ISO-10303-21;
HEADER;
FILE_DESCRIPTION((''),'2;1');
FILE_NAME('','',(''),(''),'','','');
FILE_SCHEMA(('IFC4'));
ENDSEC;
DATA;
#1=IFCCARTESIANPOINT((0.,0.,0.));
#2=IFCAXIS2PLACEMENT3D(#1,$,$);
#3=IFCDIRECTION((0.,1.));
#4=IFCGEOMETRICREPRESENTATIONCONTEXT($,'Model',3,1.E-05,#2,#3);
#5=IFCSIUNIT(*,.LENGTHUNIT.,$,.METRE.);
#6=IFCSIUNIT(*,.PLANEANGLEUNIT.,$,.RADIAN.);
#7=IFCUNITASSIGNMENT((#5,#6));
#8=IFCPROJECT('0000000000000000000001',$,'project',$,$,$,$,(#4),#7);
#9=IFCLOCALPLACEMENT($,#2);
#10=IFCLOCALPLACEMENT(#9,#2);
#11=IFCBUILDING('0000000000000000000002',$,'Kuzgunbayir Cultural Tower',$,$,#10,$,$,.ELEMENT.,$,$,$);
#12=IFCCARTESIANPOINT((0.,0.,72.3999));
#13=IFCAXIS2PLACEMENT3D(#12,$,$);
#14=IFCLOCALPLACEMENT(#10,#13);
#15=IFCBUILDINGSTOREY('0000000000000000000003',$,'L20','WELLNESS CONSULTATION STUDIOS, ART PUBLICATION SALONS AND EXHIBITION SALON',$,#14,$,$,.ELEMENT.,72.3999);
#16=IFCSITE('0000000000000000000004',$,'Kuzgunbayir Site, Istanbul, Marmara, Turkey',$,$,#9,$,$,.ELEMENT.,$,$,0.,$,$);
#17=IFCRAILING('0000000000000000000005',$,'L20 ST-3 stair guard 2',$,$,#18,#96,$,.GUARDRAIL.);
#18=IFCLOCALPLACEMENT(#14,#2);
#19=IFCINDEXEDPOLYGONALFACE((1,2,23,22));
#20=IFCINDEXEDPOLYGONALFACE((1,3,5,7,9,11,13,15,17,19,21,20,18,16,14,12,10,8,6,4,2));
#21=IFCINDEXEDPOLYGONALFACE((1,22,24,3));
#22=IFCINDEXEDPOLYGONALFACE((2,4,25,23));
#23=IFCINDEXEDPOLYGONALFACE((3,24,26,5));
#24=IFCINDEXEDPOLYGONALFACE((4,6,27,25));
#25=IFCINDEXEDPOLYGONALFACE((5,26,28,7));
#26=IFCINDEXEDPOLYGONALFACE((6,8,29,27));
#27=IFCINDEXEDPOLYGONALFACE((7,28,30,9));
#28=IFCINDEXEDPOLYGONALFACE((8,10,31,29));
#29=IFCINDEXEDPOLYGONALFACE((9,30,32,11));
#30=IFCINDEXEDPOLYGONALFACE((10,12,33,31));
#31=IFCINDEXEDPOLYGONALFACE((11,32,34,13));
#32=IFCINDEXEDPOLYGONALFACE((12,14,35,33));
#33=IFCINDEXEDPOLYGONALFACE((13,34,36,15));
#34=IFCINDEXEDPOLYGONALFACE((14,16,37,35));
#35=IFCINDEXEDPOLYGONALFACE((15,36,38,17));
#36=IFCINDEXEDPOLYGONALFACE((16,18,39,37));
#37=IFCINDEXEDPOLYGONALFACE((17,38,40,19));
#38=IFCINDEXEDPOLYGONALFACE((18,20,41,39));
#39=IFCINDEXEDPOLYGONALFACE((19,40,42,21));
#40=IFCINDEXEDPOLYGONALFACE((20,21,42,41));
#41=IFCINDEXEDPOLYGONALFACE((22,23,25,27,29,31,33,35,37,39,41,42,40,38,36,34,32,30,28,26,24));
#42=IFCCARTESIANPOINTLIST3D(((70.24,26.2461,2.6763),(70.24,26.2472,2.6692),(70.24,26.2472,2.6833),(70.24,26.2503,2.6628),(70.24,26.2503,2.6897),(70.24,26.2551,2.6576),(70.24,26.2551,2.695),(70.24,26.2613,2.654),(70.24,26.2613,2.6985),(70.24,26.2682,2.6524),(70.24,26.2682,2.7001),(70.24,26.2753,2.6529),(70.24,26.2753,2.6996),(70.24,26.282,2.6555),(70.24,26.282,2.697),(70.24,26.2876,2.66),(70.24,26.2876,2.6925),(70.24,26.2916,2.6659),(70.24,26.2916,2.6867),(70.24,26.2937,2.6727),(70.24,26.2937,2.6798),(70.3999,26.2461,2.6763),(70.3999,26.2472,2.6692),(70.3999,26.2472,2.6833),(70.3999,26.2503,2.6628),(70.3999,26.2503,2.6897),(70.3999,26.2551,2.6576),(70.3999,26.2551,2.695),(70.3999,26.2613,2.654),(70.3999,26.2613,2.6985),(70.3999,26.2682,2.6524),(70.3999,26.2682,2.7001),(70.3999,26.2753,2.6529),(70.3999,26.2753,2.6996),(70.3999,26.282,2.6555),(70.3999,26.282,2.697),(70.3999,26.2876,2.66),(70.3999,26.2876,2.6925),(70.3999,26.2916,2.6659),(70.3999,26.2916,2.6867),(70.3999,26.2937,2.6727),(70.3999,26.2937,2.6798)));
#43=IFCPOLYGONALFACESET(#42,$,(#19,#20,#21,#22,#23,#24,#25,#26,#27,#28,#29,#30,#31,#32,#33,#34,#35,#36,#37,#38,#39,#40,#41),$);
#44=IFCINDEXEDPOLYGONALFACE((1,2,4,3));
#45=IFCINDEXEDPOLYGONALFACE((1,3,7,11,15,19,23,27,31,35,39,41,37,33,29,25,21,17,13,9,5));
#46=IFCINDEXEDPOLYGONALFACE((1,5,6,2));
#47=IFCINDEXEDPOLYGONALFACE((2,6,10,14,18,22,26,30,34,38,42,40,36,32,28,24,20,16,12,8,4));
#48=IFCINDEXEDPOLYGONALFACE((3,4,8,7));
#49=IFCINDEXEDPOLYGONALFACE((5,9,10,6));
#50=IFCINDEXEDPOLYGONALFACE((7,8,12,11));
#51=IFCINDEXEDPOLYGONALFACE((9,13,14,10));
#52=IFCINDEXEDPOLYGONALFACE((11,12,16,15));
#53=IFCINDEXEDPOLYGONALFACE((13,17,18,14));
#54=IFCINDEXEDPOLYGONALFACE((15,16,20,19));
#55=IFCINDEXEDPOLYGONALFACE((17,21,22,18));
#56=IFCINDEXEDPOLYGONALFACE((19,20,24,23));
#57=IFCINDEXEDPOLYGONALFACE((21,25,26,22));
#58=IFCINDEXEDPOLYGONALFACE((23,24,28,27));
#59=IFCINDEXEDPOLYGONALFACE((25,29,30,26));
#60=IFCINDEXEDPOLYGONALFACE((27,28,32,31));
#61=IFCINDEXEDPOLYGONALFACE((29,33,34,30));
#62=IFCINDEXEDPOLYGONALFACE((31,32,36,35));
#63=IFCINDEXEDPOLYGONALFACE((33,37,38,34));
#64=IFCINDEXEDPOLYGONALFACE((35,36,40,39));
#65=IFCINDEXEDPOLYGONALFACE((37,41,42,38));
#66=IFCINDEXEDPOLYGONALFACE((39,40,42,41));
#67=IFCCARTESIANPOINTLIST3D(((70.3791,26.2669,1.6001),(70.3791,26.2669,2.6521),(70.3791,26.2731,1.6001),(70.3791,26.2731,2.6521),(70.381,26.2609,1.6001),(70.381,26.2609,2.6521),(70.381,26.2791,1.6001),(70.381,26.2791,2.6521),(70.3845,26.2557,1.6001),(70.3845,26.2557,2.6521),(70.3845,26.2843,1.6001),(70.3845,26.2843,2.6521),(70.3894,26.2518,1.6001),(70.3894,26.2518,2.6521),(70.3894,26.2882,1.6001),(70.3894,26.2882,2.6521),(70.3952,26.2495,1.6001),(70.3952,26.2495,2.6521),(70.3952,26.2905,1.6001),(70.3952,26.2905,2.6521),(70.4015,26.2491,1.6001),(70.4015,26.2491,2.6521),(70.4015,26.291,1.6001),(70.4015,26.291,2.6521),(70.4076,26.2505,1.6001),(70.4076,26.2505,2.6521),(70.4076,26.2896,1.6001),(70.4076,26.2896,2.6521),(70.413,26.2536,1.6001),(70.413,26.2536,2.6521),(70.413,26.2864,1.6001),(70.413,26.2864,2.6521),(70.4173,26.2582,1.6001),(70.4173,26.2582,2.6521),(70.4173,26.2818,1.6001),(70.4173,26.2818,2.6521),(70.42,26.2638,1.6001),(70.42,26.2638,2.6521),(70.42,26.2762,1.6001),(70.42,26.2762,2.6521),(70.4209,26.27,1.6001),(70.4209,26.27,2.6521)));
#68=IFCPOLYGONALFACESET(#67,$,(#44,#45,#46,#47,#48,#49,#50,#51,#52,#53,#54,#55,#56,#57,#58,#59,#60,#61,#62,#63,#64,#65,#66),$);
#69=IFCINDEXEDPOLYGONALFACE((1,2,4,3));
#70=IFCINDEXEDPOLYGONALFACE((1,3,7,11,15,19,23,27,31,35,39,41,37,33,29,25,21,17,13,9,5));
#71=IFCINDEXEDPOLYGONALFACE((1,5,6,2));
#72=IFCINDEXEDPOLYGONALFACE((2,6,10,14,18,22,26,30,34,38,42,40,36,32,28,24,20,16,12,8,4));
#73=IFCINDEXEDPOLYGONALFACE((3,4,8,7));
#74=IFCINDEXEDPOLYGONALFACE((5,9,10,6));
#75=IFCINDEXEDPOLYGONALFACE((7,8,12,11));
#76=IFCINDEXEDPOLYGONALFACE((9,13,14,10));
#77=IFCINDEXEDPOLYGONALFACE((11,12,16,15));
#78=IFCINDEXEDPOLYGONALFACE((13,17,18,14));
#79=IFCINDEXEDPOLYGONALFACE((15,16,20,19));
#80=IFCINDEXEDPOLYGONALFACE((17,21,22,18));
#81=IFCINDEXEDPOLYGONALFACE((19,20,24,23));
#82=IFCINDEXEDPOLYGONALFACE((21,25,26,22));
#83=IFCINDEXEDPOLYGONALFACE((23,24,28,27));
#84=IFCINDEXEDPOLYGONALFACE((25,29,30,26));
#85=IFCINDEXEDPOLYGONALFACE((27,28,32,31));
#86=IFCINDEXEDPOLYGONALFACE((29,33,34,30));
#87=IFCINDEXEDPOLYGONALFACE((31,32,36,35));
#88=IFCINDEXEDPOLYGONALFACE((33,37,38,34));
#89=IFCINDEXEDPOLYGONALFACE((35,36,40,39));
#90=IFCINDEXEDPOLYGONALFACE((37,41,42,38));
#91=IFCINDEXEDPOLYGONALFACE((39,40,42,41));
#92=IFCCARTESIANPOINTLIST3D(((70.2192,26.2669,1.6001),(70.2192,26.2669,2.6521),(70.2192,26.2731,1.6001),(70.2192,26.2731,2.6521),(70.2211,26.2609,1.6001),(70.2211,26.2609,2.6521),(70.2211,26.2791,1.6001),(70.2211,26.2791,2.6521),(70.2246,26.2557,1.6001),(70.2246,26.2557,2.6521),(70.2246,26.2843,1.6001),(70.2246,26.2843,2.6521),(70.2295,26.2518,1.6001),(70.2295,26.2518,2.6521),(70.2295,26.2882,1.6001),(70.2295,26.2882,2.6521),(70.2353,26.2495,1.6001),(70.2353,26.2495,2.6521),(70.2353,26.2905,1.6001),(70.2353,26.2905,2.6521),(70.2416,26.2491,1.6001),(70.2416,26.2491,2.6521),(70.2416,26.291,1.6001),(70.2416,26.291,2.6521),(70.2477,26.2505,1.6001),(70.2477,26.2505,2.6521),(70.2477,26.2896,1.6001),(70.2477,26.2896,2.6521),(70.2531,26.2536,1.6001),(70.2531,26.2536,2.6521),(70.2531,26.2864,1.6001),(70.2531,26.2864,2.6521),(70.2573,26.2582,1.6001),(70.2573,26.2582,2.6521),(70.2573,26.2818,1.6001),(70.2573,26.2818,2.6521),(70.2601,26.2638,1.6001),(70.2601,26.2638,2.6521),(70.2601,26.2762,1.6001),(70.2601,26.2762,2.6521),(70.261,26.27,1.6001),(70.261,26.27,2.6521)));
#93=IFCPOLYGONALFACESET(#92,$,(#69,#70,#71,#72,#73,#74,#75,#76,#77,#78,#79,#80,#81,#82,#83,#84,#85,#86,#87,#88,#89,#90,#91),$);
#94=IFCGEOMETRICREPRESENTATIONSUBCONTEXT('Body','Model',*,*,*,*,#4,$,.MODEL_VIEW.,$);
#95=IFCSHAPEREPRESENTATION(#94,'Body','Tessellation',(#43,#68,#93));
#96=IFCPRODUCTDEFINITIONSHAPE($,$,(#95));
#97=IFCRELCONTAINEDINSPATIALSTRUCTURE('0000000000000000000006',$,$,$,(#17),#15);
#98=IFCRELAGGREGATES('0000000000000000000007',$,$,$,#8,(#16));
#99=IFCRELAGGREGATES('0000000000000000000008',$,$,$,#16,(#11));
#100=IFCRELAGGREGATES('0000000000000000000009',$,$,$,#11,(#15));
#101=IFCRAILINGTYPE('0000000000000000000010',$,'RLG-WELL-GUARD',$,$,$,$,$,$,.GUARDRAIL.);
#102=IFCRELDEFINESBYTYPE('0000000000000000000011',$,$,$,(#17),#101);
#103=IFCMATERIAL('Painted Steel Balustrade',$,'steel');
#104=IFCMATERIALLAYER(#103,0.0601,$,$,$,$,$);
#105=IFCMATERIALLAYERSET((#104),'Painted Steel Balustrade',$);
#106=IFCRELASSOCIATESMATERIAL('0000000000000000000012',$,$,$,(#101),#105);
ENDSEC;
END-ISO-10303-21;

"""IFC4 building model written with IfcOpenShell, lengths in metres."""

from ifc_helpers import new_model, si_unit, direction, frame, origin, origin_2d, place, context, subcontext, project, spatial, circle, extrude, material, layer, layer_set, type_object, element, save


model = new_model("IFC4")

# Units and contexts
model_context = context("Model", 3, precision=1e-05, world=origin(), true_north=direction((0.0, 1.0)))
body_context = subcontext(model_context, "Body", "Model", "MODEL_VIEW")
ifc_project = project(units=[si_unit("LENGTHUNIT", "METRE"), si_unit("PLANEANGLEUNIT", "RADIAN")], contexts=[model_context])

# Site, building, storey
site_placement = place(None, origin())
site = spatial("IfcSite", under=ifc_project, at=site_placement, Name="Kuzgunbayir Site, Istanbul, Marmara, Turkey", CompositionType="ELEMENT", RefElevation=0.0)
building_placement = place(site_placement, origin())
building = spatial("IfcBuilding", under=site, at=building_placement, Name="Kuzgunbayir Cultural Tower", CompositionType="ELEMENT")
storey_placement = place(building_placement, frame((0.0, 0.0, 72.3999)))
storey = spatial("IfcBuildingStorey", under=building, at=storey_placement, Name="L20", Description="WELLNESS CONSULTATION STUDIOS, ART PUBLICATION SALONS AND EXHIBITION SALON", CompositionType="ELEMENT", Elevation=72.3999)

# Railing
ifc_material_1 = material(Name="Painted Steel Balustrade", Category="steel")
ifc_layer_1 = layer(ifc_material_1, 0.0601)
ifc_layer_set_1 = layer_set([ifc_layer_1], Name="Painted Steel Balustrade")
railing_type_1 = type_object("IfcRailingType", Name="RLG-WELL-GUARD", PredefinedType="GUARDRAIL", material=ifc_layer_set_1)
railing_1_placement = place(storey_placement, frame((70.3999, 26.27, 1.6001)))
element("IfcRailing", 1, at=railing_1_placement, inside=storey, type_object=railing_type_1, Name="L20 ST-3 stair guard 2", PredefinedType="GUARDRAIL", context=body_context, shape_type="SweptSolid", body=[
    extrude(circle(Radius=0.0239, at=origin_2d()), frame((0.0, 0.0, 1.0762), z_axis=(-1.0, 0.0, 0.0), x_axis=(0.0, -1.0, 0.0)), (0.0, 0.0, 1.0), 0.1599),
    extrude(circle(Radius=0.021, at=origin_2d()), origin(), (0.0, 0.0, 1.0), 1.052),
    extrude(circle(Radius=0.021, at=origin_2d()), frame((-0.1599, 0.0, 0.0)), (0.0, 0.0, 1.0), 1.052),
])

save(model, "model.ifc")
